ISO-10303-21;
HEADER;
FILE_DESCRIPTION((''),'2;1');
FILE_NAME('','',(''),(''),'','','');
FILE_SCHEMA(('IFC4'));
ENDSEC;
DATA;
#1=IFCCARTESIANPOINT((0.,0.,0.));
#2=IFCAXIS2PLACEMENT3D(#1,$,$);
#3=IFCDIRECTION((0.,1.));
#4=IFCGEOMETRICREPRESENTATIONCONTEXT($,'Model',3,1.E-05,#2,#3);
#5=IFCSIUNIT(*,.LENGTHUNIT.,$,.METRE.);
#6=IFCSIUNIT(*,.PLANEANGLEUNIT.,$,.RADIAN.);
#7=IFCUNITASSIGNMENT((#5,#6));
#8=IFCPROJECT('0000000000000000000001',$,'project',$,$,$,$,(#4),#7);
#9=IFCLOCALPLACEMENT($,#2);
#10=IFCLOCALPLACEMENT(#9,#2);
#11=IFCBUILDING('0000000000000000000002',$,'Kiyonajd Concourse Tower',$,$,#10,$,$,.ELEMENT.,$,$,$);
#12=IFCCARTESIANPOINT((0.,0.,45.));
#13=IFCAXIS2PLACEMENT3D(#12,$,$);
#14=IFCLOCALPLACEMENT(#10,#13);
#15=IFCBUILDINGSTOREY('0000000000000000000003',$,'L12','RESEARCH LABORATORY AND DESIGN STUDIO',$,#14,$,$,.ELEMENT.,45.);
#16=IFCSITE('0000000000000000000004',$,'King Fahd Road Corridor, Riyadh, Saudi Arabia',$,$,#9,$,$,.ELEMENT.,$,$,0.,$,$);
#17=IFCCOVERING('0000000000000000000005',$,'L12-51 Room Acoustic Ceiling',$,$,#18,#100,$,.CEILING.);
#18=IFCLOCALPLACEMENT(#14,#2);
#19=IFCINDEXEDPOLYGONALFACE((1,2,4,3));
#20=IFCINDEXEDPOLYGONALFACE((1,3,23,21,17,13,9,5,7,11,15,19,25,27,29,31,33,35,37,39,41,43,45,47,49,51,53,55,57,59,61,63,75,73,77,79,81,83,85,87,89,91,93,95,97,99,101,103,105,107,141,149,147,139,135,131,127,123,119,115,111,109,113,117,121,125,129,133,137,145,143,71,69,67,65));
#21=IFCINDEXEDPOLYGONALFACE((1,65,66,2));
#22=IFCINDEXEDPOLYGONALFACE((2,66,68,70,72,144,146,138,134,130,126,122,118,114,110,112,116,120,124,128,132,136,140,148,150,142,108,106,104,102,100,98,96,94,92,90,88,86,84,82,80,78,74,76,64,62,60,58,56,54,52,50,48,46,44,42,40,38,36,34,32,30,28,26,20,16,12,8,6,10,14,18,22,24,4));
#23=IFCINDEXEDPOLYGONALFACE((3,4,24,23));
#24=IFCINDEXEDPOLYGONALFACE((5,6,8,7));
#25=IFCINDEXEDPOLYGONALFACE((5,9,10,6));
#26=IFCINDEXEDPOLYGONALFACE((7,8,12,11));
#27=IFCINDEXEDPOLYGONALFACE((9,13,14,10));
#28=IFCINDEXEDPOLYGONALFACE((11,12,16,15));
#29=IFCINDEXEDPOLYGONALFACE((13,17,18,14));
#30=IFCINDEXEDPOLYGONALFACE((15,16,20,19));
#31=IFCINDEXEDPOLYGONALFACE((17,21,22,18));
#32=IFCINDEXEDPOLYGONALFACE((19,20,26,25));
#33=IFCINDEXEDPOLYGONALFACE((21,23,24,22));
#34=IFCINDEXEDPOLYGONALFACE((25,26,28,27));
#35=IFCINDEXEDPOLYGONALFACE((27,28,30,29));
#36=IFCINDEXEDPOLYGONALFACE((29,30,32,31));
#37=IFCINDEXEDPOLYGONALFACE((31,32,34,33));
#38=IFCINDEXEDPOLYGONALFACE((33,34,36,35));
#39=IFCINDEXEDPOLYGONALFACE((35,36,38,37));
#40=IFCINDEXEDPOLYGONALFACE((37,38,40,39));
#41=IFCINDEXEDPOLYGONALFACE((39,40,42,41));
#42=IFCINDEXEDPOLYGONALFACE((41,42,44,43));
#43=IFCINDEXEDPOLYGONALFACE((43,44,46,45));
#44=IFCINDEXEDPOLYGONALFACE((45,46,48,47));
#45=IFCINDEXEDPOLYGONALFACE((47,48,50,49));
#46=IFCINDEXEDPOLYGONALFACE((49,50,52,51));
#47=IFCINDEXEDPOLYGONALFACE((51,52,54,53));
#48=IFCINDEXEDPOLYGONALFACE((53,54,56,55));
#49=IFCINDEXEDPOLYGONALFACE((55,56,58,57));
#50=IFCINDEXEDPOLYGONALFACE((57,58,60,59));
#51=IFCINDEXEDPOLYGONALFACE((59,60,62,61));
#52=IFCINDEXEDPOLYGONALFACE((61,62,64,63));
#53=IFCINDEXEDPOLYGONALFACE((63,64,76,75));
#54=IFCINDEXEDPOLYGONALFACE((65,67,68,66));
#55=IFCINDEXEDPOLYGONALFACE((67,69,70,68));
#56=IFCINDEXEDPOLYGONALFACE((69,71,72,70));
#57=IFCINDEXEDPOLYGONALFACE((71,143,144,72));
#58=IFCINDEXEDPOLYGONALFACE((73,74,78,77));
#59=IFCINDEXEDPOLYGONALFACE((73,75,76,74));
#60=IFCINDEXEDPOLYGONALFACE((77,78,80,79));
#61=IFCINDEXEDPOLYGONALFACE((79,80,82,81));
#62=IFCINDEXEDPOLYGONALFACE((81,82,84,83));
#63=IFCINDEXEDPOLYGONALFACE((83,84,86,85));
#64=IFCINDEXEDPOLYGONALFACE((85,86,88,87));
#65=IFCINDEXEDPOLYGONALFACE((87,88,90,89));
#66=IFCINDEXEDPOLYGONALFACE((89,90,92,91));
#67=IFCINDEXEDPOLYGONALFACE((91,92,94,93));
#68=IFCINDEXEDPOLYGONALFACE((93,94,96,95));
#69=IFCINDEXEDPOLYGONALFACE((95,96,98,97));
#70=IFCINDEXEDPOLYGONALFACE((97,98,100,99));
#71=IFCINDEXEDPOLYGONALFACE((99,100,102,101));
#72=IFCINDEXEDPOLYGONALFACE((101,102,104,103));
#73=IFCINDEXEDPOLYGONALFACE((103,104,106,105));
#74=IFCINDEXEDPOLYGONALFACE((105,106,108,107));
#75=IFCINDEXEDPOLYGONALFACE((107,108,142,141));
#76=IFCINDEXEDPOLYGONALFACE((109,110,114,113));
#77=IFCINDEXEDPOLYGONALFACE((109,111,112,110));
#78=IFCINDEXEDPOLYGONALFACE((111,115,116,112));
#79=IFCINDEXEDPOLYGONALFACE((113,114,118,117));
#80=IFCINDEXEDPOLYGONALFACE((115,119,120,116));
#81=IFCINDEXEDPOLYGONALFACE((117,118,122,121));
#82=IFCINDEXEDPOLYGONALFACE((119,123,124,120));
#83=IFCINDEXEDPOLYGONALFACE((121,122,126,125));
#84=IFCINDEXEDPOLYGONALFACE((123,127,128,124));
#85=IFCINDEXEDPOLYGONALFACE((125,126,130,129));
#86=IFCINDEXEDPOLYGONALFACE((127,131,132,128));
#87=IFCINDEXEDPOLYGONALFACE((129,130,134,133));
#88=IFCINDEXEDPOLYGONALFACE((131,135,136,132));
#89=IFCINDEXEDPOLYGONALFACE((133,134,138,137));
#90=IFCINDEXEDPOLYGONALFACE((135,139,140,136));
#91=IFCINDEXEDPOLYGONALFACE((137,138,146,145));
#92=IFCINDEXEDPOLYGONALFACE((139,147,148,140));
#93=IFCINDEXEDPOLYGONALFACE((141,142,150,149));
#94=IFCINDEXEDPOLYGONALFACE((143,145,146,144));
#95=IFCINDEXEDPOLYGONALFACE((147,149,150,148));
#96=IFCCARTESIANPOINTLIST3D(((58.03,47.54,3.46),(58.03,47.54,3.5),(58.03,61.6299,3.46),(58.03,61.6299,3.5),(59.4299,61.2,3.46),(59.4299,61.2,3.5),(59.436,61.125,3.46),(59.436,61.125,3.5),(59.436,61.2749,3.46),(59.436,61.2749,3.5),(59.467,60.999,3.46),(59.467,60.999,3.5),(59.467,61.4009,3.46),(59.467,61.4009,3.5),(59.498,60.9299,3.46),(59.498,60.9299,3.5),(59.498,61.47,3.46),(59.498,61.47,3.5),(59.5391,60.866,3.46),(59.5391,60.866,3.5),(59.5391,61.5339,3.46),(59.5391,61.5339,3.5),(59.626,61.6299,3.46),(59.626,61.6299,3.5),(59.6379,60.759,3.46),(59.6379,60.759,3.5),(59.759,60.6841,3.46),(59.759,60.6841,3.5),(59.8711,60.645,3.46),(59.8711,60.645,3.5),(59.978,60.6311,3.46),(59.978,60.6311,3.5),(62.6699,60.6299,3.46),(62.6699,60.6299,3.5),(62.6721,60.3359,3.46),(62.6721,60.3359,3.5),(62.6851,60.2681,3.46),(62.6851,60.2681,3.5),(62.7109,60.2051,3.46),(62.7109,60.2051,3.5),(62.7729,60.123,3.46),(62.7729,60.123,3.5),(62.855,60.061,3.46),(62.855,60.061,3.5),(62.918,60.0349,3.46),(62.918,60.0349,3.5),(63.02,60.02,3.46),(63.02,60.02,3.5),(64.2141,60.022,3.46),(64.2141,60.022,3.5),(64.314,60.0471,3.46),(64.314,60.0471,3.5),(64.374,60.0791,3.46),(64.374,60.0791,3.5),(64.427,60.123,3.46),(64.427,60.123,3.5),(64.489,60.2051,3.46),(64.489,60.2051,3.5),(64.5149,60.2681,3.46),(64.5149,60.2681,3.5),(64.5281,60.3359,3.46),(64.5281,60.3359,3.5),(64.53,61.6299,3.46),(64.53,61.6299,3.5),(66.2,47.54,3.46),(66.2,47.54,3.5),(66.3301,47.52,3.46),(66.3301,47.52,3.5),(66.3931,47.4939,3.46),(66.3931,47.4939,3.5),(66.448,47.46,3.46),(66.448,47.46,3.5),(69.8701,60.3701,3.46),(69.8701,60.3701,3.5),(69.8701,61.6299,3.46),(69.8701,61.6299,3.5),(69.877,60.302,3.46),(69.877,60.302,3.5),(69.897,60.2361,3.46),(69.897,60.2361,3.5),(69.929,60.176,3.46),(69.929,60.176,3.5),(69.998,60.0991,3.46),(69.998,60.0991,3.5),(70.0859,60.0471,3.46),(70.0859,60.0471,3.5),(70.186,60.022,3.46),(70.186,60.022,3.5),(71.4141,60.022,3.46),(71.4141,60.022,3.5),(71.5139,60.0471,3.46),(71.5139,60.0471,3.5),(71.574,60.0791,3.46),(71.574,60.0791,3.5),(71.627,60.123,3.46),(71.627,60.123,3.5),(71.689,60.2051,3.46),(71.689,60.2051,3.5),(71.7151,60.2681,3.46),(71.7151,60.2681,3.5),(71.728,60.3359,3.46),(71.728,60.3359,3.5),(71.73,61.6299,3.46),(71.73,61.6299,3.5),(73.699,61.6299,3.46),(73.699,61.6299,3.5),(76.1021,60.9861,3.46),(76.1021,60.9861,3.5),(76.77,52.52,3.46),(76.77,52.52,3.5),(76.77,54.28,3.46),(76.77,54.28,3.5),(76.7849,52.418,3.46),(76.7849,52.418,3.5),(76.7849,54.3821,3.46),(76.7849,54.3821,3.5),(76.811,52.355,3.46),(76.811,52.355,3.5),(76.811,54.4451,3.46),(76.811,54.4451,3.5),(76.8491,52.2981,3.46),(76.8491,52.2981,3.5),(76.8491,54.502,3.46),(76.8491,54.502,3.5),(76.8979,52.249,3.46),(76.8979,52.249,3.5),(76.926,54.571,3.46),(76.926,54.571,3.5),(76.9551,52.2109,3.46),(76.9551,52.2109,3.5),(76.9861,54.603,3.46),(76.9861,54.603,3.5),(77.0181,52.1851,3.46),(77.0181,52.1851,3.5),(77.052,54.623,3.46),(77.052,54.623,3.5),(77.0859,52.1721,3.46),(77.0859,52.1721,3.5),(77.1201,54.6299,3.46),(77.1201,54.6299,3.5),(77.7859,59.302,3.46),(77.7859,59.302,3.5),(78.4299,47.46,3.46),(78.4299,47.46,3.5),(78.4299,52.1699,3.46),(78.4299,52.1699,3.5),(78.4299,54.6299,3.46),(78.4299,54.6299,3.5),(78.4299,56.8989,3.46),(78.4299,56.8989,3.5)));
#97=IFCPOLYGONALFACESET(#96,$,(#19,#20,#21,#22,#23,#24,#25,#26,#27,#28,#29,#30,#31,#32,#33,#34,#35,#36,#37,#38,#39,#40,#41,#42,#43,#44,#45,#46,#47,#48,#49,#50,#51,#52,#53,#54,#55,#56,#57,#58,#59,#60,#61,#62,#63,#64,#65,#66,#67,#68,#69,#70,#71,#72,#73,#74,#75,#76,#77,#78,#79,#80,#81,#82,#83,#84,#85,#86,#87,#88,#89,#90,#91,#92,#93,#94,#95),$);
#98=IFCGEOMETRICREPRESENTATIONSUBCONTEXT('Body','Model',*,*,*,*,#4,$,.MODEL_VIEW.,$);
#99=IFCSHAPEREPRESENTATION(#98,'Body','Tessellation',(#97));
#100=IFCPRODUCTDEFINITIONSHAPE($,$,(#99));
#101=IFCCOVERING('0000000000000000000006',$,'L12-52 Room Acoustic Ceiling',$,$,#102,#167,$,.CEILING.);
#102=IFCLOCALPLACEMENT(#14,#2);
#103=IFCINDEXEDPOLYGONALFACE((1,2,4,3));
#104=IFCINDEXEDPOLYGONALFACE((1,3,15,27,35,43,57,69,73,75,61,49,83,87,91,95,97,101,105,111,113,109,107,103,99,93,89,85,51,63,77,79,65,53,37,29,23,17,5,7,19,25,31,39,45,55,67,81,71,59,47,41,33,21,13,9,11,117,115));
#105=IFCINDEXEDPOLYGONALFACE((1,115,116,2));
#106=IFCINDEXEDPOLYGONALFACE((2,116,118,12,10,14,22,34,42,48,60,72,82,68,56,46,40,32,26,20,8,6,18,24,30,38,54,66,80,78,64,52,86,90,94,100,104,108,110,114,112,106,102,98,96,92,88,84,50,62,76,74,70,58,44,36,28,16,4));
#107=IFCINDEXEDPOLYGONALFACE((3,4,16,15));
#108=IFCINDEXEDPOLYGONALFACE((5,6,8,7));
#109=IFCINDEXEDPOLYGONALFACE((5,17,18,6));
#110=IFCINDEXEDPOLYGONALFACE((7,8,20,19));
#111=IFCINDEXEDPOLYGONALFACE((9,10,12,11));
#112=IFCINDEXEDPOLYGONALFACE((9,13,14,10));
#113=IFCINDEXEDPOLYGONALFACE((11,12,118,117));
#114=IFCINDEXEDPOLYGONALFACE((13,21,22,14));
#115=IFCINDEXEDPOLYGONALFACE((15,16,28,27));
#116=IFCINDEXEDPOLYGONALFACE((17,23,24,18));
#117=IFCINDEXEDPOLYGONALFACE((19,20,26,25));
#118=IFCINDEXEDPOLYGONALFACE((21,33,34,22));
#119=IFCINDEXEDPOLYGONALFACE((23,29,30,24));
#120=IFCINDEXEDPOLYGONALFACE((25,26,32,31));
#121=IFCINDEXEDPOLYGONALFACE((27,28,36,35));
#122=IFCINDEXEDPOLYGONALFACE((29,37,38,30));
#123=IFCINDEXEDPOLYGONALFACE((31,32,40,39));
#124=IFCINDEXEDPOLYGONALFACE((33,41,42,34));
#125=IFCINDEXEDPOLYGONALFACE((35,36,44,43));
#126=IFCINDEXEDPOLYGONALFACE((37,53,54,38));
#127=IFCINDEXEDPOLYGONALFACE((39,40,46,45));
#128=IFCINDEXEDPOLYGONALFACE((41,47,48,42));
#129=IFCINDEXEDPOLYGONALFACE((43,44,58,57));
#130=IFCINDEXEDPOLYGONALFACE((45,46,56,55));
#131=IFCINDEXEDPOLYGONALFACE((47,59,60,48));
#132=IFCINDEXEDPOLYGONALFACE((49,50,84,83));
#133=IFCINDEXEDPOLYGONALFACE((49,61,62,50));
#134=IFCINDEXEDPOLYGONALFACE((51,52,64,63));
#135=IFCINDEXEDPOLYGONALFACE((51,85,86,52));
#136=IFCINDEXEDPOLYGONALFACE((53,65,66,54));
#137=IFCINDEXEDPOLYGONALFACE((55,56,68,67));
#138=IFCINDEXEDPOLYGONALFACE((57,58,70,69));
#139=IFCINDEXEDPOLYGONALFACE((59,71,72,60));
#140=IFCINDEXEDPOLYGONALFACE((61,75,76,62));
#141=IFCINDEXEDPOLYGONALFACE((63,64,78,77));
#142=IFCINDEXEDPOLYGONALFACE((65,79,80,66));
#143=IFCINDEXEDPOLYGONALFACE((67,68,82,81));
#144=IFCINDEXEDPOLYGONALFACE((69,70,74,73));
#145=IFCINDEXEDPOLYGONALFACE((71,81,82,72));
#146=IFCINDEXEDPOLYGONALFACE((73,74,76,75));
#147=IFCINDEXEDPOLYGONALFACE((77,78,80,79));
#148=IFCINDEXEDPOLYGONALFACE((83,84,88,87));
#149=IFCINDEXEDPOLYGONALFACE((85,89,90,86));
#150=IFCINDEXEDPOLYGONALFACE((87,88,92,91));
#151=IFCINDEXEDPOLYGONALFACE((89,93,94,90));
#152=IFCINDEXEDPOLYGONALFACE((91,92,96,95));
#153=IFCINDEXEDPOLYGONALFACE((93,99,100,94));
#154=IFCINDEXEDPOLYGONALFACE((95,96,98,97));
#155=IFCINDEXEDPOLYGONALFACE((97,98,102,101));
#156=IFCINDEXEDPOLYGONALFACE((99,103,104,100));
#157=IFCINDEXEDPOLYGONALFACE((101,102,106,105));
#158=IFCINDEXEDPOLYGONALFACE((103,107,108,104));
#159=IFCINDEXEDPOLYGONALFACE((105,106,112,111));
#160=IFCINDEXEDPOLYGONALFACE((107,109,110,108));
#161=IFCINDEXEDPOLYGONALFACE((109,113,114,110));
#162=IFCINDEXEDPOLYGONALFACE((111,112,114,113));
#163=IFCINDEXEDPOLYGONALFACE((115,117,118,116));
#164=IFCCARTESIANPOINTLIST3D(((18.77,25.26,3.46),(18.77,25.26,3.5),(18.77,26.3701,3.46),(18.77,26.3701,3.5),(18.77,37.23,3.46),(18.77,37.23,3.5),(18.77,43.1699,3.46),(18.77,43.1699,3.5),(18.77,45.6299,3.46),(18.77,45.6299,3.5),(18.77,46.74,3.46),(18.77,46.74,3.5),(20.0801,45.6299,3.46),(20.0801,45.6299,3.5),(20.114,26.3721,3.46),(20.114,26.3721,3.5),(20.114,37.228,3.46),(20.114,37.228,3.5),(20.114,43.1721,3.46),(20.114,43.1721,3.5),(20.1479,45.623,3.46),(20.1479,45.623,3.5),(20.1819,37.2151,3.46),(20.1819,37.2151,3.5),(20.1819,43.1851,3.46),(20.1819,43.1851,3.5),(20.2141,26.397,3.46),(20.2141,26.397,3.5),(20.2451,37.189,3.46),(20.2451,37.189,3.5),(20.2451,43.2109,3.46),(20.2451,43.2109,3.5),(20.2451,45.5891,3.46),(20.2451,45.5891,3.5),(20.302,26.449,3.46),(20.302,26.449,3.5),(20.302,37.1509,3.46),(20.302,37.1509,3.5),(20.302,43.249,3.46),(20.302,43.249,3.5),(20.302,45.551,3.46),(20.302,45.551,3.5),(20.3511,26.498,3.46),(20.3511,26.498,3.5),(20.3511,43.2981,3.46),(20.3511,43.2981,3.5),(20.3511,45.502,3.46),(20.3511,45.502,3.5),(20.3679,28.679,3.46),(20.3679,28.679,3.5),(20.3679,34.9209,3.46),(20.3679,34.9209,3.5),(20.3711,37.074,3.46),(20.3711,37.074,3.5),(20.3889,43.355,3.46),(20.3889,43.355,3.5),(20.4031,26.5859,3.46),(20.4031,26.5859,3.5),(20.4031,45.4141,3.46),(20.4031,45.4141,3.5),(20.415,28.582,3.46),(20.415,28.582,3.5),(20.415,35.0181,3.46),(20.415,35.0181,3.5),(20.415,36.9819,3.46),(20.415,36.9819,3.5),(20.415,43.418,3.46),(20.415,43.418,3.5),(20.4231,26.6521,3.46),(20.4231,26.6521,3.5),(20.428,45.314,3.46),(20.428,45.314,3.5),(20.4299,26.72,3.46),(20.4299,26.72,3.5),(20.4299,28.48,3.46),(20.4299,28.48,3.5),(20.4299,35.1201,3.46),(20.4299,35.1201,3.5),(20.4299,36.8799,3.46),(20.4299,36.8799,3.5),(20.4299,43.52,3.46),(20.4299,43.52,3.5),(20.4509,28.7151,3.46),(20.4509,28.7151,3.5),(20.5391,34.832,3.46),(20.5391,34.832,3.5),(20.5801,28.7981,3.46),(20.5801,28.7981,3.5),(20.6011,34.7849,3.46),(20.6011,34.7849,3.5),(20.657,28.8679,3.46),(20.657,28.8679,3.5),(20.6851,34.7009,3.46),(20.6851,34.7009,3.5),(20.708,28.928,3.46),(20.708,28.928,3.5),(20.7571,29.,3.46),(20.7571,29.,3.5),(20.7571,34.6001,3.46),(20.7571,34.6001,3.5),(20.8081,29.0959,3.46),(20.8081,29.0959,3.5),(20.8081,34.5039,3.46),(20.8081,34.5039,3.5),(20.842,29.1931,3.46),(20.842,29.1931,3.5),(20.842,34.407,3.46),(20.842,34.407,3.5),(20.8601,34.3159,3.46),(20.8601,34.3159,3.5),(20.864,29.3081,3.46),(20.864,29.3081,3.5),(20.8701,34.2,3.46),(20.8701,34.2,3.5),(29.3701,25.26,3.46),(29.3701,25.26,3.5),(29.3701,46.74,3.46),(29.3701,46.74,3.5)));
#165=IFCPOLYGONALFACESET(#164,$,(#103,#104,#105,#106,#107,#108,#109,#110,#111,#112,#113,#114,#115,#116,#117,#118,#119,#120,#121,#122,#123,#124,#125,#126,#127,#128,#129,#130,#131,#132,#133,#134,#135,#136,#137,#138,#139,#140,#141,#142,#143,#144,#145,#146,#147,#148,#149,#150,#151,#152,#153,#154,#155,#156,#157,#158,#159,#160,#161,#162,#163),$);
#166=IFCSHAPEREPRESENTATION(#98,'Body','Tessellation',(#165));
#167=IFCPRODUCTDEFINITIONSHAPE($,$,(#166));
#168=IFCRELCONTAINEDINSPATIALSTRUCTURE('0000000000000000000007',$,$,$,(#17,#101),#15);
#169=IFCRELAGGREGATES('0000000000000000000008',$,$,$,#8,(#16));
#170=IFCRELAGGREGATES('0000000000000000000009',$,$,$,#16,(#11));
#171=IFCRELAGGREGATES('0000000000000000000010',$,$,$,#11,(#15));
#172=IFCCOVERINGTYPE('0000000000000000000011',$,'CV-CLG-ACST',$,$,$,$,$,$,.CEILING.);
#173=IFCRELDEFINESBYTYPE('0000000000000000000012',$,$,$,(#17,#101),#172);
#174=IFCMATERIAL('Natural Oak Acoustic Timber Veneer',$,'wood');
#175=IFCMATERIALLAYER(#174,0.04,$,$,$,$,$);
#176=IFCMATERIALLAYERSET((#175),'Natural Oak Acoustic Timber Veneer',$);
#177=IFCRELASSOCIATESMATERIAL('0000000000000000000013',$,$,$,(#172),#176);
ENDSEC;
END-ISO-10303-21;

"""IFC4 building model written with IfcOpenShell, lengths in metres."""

from ifc_helpers import new_model, si_unit, direction, frame, origin, place, context, subcontext, project, spatial, polyline, outline, extrude, material, layer, layer_set, type_object, element, save


model = new_model("IFC4")

# Units and contexts
model_context = context("Model", 3, precision=1e-05, world=origin(), true_north=direction((0.0, 1.0)))
body_context = subcontext(model_context, "Body", "Model", "MODEL_VIEW")
ifc_project = project(units=[si_unit("LENGTHUNIT", "METRE"), si_unit("PLANEANGLEUNIT", "RADIAN")], contexts=[model_context])

# Site, building, storey
site_placement = place(None, origin())
site = spatial("IfcSite", under=ifc_project, at=site_placement, Name="King Fahd Road Corridor, Riyadh, Saudi Arabia", CompositionType="ELEMENT", RefElevation=0.0)
building_placement = place(site_placement, origin())
building = spatial("IfcBuilding", under=site, at=building_placement, Name="Kiyonajd Concourse Tower", CompositionType="ELEMENT")
storey_placement = place(building_placement, frame((0.0, 0.0, 45.0)))
storey = spatial("IfcBuildingStorey", under=building, at=storey_placement, Name="L12", Description="RESEARCH LABORATORY AND DESIGN STUDIO", CompositionType="ELEMENT", Elevation=45.0)

# Coverings
ifc_material_1 = material(Name="Natural Oak Acoustic Timber Veneer", Category="wood")
ifc_layer_1 = layer(ifc_material_1, 0.04)
ifc_layer_set_1 = layer_set([ifc_layer_1], Name="Natural Oak Acoustic Timber Veneer")
covering_type = type_object("IfcCoveringType", Name="CV-CLG-ACST", PredefinedType="CEILING", material=ifc_layer_set_1)
covering_1_placement = place(storey_placement, frame((0.0, 0.0, 3.46)))
element("IfcCovering", 1, at=covering_1_placement, inside=storey, type_object=covering_type, Name="L12-51 Room Acoustic Ceiling", PredefinedType="CEILING", context=body_context, shape_type="SweptSolid", body=[
    extrude(outline(polyline([(58.03, 47.54), (58.03, 61.6299), (59.626, 61.6299), (59.5391, 61.5339), (59.498, 61.47), (59.467, 61.4009), (59.436, 61.2749), (59.4299, 61.2), (59.436, 61.125), (59.467, 60.999), (59.498, 60.9299), (59.5391, 60.866), (59.6379, 60.759), (59.759, 60.6841), (59.8711, 60.645), (59.978, 60.6311), (62.6699, 60.6299), (62.6721, 60.3359), (62.6851, 60.2681), (62.7109, 60.2051), (62.7729, 60.123), (62.855, 60.061), (62.918, 60.0349), (63.02, 60.02), (64.2141, 60.022), (64.314, 60.0471), (64.374, 60.0791), (64.427, 60.123), (64.489, 60.2051), (64.5149, 60.2681), (64.5281, 60.3359), (64.53, 61.6299), (69.8701, 61.6299), (69.8701, 60.3701), (69.877, 60.302), (69.897, 60.2361), (69.929, 60.176), (69.998, 60.0991), (70.0859, 60.0471), (70.186, 60.022), (71.4141, 60.022), (71.5139, 60.0471), (71.574, 60.0791), (71.627, 60.123), (71.689, 60.2051), (71.7151, 60.2681), (71.728, 60.3359), (71.73, 61.6299), (73.699, 61.6299), (76.1021, 60.9861), (77.7859, 59.302), (78.4299, 56.8989), (78.4299, 54.6299), (77.1201, 54.6299), (77.052, 54.623), (76.9861, 54.603), (76.926, 54.571), (76.8491, 54.502), (76.811, 54.4451), (76.7849, 54.3821), (76.77, 54.28), (76.77, 52.52), (76.7849, 52.418), (76.811, 52.355), (76.8491, 52.2981), (76.8979, 52.249), (76.9551, 52.2109), (77.0181, 52.1851), (77.0859, 52.1721), (78.4299, 52.1699), (78.4299, 47.46), (66.448, 47.46), (66.3931, 47.4939), (66.3301, 47.52), (66.2, 47.54), (58.03, 47.54)])), origin(), (0.0, 0.0, 1.0), 0.04),
])
covering_2_placement = place(storey_placement, frame((0.0, 0.0, 3.46)))
element("IfcCovering", 2, at=covering_2_placement, inside=storey, type_object=covering_type, Name="L12-52 Room Acoustic Ceiling", PredefinedType="CEILING", context=body_context, shape_type="SweptSolid", body=[
    extrude(outline(polyline([(20.3679, 28.679), (20.4509, 28.7151), (20.5801, 28.7981), (20.657, 28.8679), (20.708, 28.928), (20.7571, 29.0), (20.8081, 29.0959), (20.842, 29.1931), (20.864, 29.3081), (20.8701, 34.2), (20.8601, 34.3159), (20.842, 34.407), (20.8081, 34.5039), (20.7571, 34.6001), (20.6851, 34.7009), (20.6011, 34.7849), (20.5391, 34.832), (20.3679, 34.9209), (20.415, 35.0181), (20.4299, 35.1201), (20.4299, 36.8799), (20.415, 36.9819), (20.3711, 37.074), (20.302, 37.1509), (20.2451, 37.189), (20.1819, 37.2151), (20.114, 37.228), (18.77, 37.23), (18.77, 43.1699), (20.114, 43.1721), (20.1819, 43.1851), (20.2451, 43.2109), (20.302, 43.249), (20.3511, 43.2981), (20.3889, 43.355), (20.415, 43.418), (20.4299, 43.52), (20.428, 45.314), (20.4031, 45.4141), (20.3511, 45.502), (20.302, 45.551), (20.2451, 45.5891), (20.1479, 45.623), (20.0801, 45.6299), (18.77, 45.6299), (18.77, 46.74), (29.3701, 46.74), (29.3701, 25.26), (18.77, 25.26), (18.77, 26.3701), (20.114, 26.3721), (20.2141, 26.397), (20.302, 26.449), (20.3511, 26.498), (20.4031, 26.5859), (20.4231, 26.6521), (20.4299, 26.72), (20.4299, 28.48), (20.415, 28.582), (20.3679, 28.679)])), origin(), (0.0, 0.0, 1.0), 0.04),
])

save(model, "model.ifc")
